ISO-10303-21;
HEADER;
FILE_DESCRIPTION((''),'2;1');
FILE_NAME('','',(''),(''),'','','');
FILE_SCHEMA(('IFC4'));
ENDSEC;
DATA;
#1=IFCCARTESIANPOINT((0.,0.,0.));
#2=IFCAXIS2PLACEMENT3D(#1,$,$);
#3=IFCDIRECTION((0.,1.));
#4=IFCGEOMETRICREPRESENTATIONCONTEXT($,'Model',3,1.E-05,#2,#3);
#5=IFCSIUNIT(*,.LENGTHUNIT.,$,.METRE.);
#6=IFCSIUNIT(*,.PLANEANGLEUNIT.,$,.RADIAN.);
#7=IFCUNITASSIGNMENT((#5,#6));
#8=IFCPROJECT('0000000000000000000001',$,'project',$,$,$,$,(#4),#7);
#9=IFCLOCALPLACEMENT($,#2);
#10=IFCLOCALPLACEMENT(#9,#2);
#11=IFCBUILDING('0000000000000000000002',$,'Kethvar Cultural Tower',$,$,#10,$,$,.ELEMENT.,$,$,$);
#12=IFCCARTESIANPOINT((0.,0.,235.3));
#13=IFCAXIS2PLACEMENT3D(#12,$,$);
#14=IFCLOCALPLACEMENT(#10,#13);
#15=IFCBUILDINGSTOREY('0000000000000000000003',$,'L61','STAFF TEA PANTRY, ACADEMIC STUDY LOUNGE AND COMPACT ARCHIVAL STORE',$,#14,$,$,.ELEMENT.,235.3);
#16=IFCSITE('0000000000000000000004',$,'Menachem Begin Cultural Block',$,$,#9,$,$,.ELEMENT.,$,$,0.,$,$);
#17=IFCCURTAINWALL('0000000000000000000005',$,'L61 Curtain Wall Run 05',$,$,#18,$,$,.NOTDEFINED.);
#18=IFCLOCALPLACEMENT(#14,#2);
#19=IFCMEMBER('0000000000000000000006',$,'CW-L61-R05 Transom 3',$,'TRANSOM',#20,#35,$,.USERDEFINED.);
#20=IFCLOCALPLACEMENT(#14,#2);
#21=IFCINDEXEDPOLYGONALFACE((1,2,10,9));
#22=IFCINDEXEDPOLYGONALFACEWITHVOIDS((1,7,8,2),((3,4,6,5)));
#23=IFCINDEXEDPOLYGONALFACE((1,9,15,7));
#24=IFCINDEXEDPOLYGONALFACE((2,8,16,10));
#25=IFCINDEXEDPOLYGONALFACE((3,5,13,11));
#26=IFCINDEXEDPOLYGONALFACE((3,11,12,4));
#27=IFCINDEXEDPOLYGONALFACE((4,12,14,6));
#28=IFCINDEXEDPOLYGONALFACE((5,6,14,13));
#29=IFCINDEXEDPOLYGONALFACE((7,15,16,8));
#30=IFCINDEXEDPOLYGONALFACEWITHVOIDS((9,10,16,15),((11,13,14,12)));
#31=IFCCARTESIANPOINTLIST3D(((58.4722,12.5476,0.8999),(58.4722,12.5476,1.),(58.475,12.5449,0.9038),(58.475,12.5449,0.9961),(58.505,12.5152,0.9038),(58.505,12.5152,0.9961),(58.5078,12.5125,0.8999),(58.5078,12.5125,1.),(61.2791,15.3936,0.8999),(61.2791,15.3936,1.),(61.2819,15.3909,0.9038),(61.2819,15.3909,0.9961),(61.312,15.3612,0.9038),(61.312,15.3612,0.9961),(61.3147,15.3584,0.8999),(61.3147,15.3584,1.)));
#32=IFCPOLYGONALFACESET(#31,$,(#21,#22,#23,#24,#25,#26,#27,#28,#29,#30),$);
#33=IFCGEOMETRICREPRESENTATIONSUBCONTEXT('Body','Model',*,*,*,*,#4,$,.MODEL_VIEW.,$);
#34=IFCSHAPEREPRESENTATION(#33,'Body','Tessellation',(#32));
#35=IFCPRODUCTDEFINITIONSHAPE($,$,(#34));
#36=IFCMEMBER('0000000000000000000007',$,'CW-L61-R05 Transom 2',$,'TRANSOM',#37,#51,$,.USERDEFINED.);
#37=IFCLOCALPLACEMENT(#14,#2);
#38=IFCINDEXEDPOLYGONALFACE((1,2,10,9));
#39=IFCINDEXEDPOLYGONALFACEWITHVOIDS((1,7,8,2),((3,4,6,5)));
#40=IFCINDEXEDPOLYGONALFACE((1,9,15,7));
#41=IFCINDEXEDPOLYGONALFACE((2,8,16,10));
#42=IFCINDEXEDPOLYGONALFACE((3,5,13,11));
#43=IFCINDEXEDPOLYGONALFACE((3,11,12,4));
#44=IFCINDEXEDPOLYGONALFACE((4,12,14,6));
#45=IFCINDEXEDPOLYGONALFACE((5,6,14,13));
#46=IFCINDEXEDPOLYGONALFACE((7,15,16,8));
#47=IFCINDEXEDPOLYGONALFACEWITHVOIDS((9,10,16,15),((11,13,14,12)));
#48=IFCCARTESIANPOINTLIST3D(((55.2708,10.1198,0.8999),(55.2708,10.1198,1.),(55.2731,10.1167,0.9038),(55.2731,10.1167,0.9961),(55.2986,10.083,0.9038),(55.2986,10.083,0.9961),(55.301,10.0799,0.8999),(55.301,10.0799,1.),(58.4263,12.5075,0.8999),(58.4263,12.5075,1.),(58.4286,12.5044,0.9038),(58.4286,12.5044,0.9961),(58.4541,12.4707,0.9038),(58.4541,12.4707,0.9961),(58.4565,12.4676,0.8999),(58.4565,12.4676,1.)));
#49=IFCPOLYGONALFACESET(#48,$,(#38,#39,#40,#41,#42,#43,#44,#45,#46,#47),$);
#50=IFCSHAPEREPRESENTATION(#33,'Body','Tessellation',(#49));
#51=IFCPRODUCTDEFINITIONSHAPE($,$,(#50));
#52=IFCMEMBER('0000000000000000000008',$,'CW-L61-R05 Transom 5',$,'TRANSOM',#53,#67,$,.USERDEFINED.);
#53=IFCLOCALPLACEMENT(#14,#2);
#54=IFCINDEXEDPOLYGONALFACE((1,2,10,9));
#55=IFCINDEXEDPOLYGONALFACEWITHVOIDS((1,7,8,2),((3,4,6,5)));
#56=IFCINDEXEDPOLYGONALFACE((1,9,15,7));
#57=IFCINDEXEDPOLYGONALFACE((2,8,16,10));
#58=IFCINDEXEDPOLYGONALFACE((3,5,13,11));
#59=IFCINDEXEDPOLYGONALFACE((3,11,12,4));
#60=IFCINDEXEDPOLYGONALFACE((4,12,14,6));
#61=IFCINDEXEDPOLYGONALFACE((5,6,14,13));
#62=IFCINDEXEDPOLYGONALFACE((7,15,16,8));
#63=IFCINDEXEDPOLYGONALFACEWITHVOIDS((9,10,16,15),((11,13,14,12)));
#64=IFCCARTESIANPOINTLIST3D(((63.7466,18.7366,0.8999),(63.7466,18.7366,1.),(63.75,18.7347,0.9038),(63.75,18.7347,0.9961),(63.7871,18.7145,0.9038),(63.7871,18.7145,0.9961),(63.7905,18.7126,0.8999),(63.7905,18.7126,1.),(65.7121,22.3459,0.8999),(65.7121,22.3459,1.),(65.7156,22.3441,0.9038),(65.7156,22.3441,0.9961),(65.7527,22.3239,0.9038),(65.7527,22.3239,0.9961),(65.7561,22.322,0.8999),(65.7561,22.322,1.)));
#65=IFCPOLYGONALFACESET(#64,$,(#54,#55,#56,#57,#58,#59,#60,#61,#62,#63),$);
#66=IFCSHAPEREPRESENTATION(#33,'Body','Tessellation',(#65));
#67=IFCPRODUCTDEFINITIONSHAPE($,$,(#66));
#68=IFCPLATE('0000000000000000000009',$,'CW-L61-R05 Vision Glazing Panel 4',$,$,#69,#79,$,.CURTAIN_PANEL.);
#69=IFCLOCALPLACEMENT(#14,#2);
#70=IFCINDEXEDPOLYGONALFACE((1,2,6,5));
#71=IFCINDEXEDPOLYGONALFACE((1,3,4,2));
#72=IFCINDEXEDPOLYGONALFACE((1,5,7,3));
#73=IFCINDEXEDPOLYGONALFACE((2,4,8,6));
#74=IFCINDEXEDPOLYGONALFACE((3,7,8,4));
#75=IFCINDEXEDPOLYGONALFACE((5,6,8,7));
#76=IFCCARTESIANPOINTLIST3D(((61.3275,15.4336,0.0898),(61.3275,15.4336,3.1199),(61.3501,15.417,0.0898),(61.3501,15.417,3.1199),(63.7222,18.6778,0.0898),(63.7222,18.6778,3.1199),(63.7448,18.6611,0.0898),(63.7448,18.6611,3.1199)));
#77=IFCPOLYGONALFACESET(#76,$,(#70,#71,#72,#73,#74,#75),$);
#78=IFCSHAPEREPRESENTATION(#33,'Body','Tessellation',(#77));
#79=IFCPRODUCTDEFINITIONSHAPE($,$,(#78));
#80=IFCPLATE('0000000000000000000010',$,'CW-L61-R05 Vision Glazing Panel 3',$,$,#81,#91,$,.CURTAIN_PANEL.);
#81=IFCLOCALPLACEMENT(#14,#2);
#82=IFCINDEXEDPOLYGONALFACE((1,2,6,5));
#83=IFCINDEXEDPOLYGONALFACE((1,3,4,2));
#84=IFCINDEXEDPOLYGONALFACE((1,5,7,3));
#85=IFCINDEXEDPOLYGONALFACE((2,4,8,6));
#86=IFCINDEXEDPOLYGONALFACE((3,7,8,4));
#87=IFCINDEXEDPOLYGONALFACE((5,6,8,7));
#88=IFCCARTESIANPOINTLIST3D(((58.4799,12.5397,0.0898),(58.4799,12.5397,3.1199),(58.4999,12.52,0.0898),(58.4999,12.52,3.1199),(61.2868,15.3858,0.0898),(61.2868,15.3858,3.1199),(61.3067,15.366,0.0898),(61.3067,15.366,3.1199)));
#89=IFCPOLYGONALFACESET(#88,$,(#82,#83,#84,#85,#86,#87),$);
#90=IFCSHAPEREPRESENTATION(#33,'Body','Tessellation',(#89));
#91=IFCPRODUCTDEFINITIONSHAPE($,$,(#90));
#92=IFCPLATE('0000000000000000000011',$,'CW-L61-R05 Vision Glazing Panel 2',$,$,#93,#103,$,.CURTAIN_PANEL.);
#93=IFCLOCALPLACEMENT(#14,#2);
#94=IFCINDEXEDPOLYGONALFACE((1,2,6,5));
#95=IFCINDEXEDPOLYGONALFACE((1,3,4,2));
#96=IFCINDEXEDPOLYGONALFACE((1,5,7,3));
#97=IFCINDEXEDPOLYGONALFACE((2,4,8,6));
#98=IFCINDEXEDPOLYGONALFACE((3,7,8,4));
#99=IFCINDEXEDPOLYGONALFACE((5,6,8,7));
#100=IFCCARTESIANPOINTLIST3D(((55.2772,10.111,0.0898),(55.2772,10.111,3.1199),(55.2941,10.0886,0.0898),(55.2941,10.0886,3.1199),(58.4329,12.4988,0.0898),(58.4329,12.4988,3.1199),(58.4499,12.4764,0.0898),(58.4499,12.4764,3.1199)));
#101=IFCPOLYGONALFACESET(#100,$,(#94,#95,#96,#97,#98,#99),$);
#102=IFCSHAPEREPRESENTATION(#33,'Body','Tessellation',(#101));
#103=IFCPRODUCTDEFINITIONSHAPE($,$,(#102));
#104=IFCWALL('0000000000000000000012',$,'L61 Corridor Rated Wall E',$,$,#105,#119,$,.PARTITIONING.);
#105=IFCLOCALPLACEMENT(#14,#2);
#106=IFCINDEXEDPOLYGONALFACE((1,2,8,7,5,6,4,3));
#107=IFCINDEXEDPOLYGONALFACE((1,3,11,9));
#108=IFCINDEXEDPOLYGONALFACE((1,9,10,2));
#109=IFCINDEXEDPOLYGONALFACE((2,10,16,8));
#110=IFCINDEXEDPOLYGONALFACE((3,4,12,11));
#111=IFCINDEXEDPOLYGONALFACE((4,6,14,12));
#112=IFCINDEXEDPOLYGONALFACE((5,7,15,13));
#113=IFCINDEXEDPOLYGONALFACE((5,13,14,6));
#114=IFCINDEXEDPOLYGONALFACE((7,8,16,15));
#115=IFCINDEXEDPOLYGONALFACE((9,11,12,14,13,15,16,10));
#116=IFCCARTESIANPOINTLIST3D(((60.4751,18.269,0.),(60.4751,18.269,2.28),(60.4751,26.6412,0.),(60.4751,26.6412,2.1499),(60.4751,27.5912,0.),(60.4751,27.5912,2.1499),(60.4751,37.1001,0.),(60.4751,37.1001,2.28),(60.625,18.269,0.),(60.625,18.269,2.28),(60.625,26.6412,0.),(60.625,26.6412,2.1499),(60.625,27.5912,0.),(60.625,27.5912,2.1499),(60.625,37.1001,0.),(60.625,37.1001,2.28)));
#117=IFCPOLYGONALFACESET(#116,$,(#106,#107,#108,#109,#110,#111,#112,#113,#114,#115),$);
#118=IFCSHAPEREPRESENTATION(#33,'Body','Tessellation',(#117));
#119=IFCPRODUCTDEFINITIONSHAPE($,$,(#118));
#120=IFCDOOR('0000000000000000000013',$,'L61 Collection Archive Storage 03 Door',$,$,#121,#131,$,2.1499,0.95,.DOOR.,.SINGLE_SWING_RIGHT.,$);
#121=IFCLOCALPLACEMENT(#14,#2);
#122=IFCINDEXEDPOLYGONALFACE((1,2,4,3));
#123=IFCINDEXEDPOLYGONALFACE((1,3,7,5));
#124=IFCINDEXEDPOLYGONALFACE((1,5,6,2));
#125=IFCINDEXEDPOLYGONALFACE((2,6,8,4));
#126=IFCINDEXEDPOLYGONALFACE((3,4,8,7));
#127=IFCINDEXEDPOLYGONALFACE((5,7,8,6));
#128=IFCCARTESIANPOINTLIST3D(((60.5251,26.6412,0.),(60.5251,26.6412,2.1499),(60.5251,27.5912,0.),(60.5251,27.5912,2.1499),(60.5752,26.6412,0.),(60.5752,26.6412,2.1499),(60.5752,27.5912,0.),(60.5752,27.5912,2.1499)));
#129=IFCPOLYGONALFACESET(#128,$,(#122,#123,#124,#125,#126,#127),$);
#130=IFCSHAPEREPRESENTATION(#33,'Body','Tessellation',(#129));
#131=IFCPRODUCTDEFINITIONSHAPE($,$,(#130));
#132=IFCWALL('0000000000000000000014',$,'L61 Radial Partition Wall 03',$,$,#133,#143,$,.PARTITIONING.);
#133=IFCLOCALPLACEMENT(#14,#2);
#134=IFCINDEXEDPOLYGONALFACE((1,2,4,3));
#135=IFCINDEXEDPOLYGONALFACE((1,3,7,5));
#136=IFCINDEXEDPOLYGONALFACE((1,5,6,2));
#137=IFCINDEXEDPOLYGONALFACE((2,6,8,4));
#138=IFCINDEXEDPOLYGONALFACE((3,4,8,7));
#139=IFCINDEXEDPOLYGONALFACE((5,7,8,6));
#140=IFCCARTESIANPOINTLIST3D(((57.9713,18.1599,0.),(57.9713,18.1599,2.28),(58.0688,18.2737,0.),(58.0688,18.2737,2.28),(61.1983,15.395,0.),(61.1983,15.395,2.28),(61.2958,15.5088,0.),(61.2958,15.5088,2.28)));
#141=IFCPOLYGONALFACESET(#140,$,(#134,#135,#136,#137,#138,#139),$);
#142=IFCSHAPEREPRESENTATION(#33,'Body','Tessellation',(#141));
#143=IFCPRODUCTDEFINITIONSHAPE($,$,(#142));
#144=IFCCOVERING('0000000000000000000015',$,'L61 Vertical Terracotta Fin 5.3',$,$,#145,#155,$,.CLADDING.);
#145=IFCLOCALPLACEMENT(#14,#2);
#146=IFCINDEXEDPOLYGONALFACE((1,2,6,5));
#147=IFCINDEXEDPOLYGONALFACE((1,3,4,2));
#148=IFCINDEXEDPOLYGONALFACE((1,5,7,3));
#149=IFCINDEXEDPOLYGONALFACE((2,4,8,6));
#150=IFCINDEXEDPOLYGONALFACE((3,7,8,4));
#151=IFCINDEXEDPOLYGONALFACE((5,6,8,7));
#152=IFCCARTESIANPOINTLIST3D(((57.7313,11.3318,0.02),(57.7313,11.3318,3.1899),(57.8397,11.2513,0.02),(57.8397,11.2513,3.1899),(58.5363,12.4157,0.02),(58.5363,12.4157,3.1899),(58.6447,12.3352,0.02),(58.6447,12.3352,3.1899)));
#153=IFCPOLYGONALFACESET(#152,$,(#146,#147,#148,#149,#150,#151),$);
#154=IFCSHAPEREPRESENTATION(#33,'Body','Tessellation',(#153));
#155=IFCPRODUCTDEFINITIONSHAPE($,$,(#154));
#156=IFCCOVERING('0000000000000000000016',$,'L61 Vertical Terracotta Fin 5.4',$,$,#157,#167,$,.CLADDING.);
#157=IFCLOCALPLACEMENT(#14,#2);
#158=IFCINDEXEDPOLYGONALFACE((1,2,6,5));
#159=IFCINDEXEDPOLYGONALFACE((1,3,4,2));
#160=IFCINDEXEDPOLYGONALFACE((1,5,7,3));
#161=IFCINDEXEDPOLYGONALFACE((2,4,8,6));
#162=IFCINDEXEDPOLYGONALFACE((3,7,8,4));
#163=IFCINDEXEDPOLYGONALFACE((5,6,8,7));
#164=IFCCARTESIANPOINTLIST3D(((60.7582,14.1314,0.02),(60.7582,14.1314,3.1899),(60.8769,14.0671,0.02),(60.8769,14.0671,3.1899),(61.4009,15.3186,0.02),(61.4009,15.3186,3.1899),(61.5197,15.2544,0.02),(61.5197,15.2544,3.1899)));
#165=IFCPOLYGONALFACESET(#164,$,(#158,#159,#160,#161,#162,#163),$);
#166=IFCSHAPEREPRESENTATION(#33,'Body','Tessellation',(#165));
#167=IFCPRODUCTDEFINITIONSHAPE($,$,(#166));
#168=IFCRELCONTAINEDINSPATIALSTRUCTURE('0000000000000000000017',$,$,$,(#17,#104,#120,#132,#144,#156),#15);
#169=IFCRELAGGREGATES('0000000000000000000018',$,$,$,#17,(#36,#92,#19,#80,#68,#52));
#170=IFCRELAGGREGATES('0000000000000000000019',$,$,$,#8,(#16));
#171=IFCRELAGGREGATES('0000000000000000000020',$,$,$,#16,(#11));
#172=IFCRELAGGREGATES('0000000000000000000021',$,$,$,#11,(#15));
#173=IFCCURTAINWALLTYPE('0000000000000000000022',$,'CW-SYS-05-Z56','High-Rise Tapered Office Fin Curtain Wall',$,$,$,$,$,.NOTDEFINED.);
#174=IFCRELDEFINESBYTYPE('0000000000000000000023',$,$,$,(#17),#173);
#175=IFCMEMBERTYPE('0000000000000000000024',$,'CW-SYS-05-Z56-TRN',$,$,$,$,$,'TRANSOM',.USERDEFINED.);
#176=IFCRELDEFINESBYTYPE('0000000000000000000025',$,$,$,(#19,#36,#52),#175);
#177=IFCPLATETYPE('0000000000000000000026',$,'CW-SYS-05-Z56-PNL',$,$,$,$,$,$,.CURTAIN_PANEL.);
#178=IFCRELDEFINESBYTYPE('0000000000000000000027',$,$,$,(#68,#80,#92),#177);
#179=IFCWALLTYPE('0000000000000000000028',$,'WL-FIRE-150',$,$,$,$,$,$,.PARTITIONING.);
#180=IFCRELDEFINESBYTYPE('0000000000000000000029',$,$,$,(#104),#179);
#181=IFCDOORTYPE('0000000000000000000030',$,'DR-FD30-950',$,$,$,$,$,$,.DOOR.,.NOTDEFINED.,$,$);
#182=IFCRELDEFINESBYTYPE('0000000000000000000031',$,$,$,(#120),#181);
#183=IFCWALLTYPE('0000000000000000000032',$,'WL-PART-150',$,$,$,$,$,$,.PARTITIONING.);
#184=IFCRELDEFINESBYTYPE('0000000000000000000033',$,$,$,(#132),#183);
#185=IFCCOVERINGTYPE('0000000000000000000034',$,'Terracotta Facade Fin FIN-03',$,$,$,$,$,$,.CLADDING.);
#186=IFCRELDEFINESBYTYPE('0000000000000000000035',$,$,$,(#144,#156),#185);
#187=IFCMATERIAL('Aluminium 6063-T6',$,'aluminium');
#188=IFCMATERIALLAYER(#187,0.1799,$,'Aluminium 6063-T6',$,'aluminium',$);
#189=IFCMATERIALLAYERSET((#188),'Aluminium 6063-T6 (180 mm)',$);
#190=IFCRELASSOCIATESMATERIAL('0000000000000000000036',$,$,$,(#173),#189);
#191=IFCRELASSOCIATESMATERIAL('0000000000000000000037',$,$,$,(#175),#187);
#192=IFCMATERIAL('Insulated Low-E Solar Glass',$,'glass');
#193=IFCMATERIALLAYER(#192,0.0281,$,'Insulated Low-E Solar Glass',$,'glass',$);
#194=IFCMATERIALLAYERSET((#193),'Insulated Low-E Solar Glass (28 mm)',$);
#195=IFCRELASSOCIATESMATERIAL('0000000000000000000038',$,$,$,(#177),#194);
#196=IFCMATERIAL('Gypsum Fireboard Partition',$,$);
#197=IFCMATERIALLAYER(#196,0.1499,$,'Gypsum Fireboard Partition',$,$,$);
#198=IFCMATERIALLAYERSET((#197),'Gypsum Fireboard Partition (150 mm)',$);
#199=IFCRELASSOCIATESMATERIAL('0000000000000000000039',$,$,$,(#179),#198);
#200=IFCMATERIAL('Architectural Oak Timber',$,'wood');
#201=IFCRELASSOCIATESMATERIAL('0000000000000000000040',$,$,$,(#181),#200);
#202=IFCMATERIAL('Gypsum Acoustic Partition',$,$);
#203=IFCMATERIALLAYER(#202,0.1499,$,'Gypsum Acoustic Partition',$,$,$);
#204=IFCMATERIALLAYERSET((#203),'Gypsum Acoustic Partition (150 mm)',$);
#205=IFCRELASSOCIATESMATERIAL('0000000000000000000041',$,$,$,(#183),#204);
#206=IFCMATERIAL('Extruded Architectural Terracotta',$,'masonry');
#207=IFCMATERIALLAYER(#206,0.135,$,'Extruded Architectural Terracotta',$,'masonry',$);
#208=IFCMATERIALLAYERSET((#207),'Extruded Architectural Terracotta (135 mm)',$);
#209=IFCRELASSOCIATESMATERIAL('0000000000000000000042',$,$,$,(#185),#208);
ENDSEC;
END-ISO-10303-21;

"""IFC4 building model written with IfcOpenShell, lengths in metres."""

from ifc_helpers import new_model, si_unit, direction, frame, frame_2d, origin, origin_2d, place, context, subcontext, project, spatial, rectangle, hollow_rectangle, extrude, source, transform, mapped, material, layer, layer_set, material_profile, profile_set, type_object, element, fill, aggregate, save


model = new_model("IFC4")

# Units and contexts
model_context = context("Model", 3, precision=1e-05, world=origin(), true_north=direction((0.0, 1.0)))
body_context = subcontext(model_context, "Body", "Model", "MODEL_VIEW")
ifc_project = project(units=[si_unit("LENGTHUNIT", "METRE"), si_unit("PLANEANGLEUNIT", "RADIAN")], contexts=[model_context])

# Site, building, storey
site_placement = place(None, origin())
site = spatial("IfcSite", under=ifc_project, at=site_placement, Name="Menachem Begin Cultural Block", CompositionType="ELEMENT", RefElevation=0.0)
building_placement = place(site_placement, origin())
building = spatial("IfcBuilding", under=site, at=building_placement, Name="Kethvar Cultural Tower", CompositionType="ELEMENT")
storey_placement = place(building_placement, frame((0.0, 0.0, 235.3)))
storey = spatial("IfcBuildingStorey", under=building, at=storey_placement, Name="L61", Description="STAFF TEA PANTRY, ACADEMIC STUDY LOUNGE AND COMPACT ARCHIVAL STORE", CompositionType="ELEMENT", Elevation=235.3)

# Curtain wall, members, plates
ifc_material_1 = material(Name="Aluminium 6063-T6", Category="aluminium")
ifc_layer_1 = layer(ifc_material_1, 0.1799, Name="Aluminium 6063-T6", Category="aluminium")
ifc_layer_set_1 = layer_set([ifc_layer_1], Name="Aluminium 6063-T6 (180 mm)")
curtain_wall_type = type_object("IfcCurtainWallType", Name="CW-SYS-05-Z56", Description="High-Rise Tapered Office Fin Curtain Wall", PredefinedType="NOTDEFINED", material=ifc_layer_set_1)
curtain_wall_placement = place(storey_placement, origin())
curtain_wall = element("IfcCurtainWall", 1, at=curtain_wall_placement, inside=storey, type_object=curtain_wall_type, Name="L61 Curtain Wall Run 05", PredefinedType="NOTDEFINED")
ifc_material_profile_1 = material_profile(ifc_material_1, hollow_rectangle(XDim=0.05, YDim=0.1001, WallThickness=0.0039, at=origin_2d()), Name="Aluminium 6063-T6 — RHS100x50x4")
ifc_profile_set_1 = profile_set([ifc_material_profile_1], Name="Aluminium 6063-T6 — RHS100x50x4")
member_type_1 = type_object("IfcMemberType", Name="CW-SYS-05-Z56-TRN", ElementType="TRANSOM", PredefinedType="USERDEFINED", material=ifc_profile_set_1)
shared_shape_1 = source(origin(), body_context, "Body", "SweptSolid", [
    extrude(hollow_rectangle(XDim=0.05, YDim=0.1001, WallThickness=0.0039, at=origin_2d()), origin(), (0.0, 0.0, 1.0), 3.9973),
])
member_1_placement = place(storey_placement, frame((58.49, 12.53, 0.95), z_axis=(0.702204, 0.711976, 0.0), x_axis=(-0.711976, 0.702204, 0.0)))
member_1 = element("IfcMember", 2, at=member_1_placement, type_object=member_type_1, Name="CW-L61-R05 Transom 3", ObjectType="TRANSOM", PredefinedType="USERDEFINED", context=body_context, shape_type="MappedRepresentation", body=[
    mapped(shared_shape_1, transform((0.0, 0.0, 0.0), scale=1.0)),
])
shared_shape_2 = source(origin(), body_context, "Body", "SweptSolid", [
    extrude(hollow_rectangle(XDim=0.05, YDim=0.1001, WallThickness=0.0039, at=origin_2d()), origin(), (0.0, 0.0, 1.0), 3.957),
])
member_2_placement = place(storey_placement, frame((55.2859, 10.0999, 0.95), z_axis=(0.797438, 0.6034, 0.0), x_axis=(-0.6034, 0.797438, 0.0)))
member_2 = element("IfcMember", 3, at=member_2_placement, type_object=member_type_1, Name="CW-L61-R05 Transom 2", ObjectType="TRANSOM", PredefinedType="USERDEFINED", context=body_context, shape_type="MappedRepresentation", body=[
    mapped(shared_shape_2, transform((0.0, 0.0, 0.0), scale=1.0)),
])
shared_shape_3 = source(origin(), body_context, "Body", "SweptSolid", [
    extrude(hollow_rectangle(XDim=0.05, YDim=0.1001, WallThickness=0.0039, at=origin_2d()), origin(), (0.0, 0.0, 1.0), 4.1099),
])
member_3_placement = place(storey_placement, frame((63.7686, 18.7246, 0.95), z_axis=(0.478257, 0.87822, 0.0), x_axis=(-0.87822, 0.478257, 0.0)))
member_3 = element("IfcMember", 4, at=member_3_placement, type_object=member_type_1, Name="CW-L61-R05 Transom 5", ObjectType="TRANSOM", PredefinedType="USERDEFINED", context=body_context, shape_type="MappedRepresentation", body=[
    mapped(shared_shape_3, transform((0.0, 0.0, 0.0), scale=1.0)),
])
ifc_material_2 = material(Name="Insulated Low-E Solar Glass", Category="glass")
ifc_layer_2 = layer(ifc_material_2, 0.0281, Name="Insulated Low-E Solar Glass", Category="glass")
ifc_layer_set_2 = layer_set([ifc_layer_2], Name="Insulated Low-E Solar Glass (28 mm)")
plate_type = type_object("IfcPlateType", Name="CW-SYS-05-Z56-PNL", PredefinedType="CURTAIN_PANEL", material=ifc_layer_set_2)
shared_shape_4 = source(origin(), body_context, "Body", "SweptSolid", [
    extrude(rectangle(XDim=4.0322, YDim=0.0281, at=origin_2d()), origin(), (0.0, 0.0, 1.0), 3.03),
])
plate_1_placement = place(storey_placement, frame((62.5361, 17.0474, 0.0898), z_axis=(0.0, 0.0, 1.0), x_axis=(0.593882, 0.804552, 0.0)))
plate_1 = element("IfcPlate", 5, at=plate_1_placement, type_object=plate_type, Name="CW-L61-R05 Vision Glazing Panel 4", PredefinedType="CURTAIN_PANEL", context=body_context, shape_type="MappedRepresentation", body=[
    mapped(shared_shape_4, transform((0.0, 0.0, 0.0), scale=1.0)),
])
shared_shape_5 = source(origin(), body_context, "Body", "SweptSolid", [
    extrude(rectangle(XDim=3.9973, YDim=0.0281, at=origin_2d()), origin(), (0.0, 0.0, 1.0), 3.03),
])
plate_2_placement = place(storey_placement, frame((59.8933, 13.9529, 0.0898), z_axis=(0.0, 0.0, 1.0), x_axis=(0.70219, 0.711989, 0.0)))
plate_2 = element("IfcPlate", 6, at=plate_2_placement, type_object=plate_type, Name="CW-L61-R05 Vision Glazing Panel 3", PredefinedType="CURTAIN_PANEL", context=body_context, shape_type="MappedRepresentation", body=[
    mapped(shared_shape_5, transform((0.0, 0.0, 0.0), scale=1.0)),
])
shared_shape_6 = source(origin(), body_context, "Body", "SweptSolid", [
    extrude(rectangle(XDim=3.9573, YDim=0.0281, at=origin_2d()), origin(), (0.0, 0.0, 1.0), 3.03),
])
plate_3_placement = place(storey_placement, frame((56.8635, 11.2937, 0.0898), z_axis=(0.0, 0.0, 1.0), x_axis=(0.797458, 0.603375, 0.0)))
plate_3 = element("IfcPlate", 7, at=plate_3_placement, type_object=plate_type, Name="CW-L61-R05 Vision Glazing Panel 2", PredefinedType="CURTAIN_PANEL", context=body_context, shape_type="MappedRepresentation", body=[
    mapped(shared_shape_6, transform((0.0, 0.0, 0.0), scale=1.0)),
])
aggregate(curtain_wall, [member_2, plate_3, member_1, plate_2, plate_1, member_3])

# Wall, opening, door
ifc_material_3 = material(Name="Gypsum Fireboard Partition")
ifc_layer_3 = layer(ifc_material_3, 0.1499, Name="Gypsum Fireboard Partition")
ifc_layer_set_3 = layer_set([ifc_layer_3], Name="Gypsum Fireboard Partition (150 mm)")
wall_type_1 = type_object("IfcWallType", Name="WL-FIRE-150", PredefinedType="PARTITIONING", material=ifc_layer_set_3)
wall_1_placement = place(storey_placement, frame((60.55, 18.269, 0.0), z_axis=(0.0, 0.0, 1.0), x_axis=(0.0, 1.0, 0.0)))
wall_1 = element("IfcWall", 8, at=wall_1_placement, inside=storey, type_object=wall_type_1, Name="L61 Corridor Rated Wall E", PredefinedType="PARTITIONING", context=body_context, shape_type="SweptSolid", body=[
    extrude(rectangle(XDim=18.8311, YDim=0.1499, at=frame_2d((9.4155, 0.0))), origin(), (0.0, 0.0, 1.0), 2.28),
])
opening_placement = place(wall_1_placement, frame((8.3721, 0.0, 0.0)))
opening = element("IfcOpeningElement", 9, at=opening_placement, cuts=wall_1, PredefinedType="OPENING", context=body_context, shape_type="SweptSolid", body=[
    extrude(rectangle(XDim=0.95, YDim=2.1499, at=frame_2d((0.4751, 1.075))), frame((0.0, 0.085, 0.0), z_axis=(0.0, -1.0, 0.0), x_axis=(1.0, 0.0, 0.0)), (0.0, 0.0, 1.0), 0.1699),
])
ifc_material_4 = material(Name="Architectural Oak Timber", Category="wood")
door_type = type_object("IfcDoorType", Name="DR-FD30-950", OperationType="NOTDEFINED", PredefinedType="DOOR", material=ifc_material_4)
shared_shape_7 = source(origin(), body_context, "Body", "SweptSolid", [
    extrude(rectangle(XDim=0.95, YDim=2.1499, at=frame_2d((0.4751, 1.075))), frame((0.0, 0.0249, 0.0), z_axis=(0.0, -1.0, 0.0), x_axis=(1.0, 0.0, 0.0)), (0.0, 0.0, 1.0), 0.05),
])
door_placement = place(opening_placement, origin())
door = element("IfcDoor", 10, at=door_placement, inside=storey, type_object=door_type, Name="L61 Collection Archive Storage 03 Door", OperationType="SINGLE_SWING_RIGHT", OverallHeight=2.1499, OverallWidth=0.95, PredefinedType="DOOR", context=body_context, shape_type="MappedRepresentation", body=[
    mapped(shared_shape_7, transform((0.0, 0.0, 0.0), scale=1.0)),
])
fill(opening, door)

# Wall
ifc_material_5 = material(Name="Gypsum Acoustic Partition")
ifc_layer_4 = layer(ifc_material_5, 0.1499, Name="Gypsum Acoustic Partition")
ifc_layer_set_4 = layer_set([ifc_layer_4], Name="Gypsum Acoustic Partition (150 mm)")
wall_type_2 = type_object("IfcWallType", Name="WL-PART-150", PredefinedType="PARTITIONING", material=ifc_layer_set_4)
wall_2_placement = place(storey_placement, frame((58.02, 18.2168, 0.0), z_axis=(0.0, 0.0, 1.0), x_axis=(0.75939, -0.650635, 0.0)))
element("IfcWall", 11, at=wall_2_placement, inside=storey, type_object=wall_type_2, Name="L61 Radial Partition Wall 03", PredefinedType="PARTITIONING", context=body_context, shape_type="SweptSolid", body=[
    extrude(rectangle(XDim=4.2495, YDim=0.1499, at=frame_2d((2.1248, 0.0))), origin(), (0.0, 0.0, 1.0), 2.28),
])

# Coverings
ifc_material_6 = material(Name="Extruded Architectural Terracotta", Category="masonry")
ifc_layer_5 = layer(ifc_material_6, 0.135, Name="Extruded Architectural Terracotta", Category="masonry")
ifc_layer_set_5 = layer_set([ifc_layer_5], Name="Extruded Architectural Terracotta (135 mm)")
covering_type = type_object("IfcCoveringType", Name="Terracotta Facade Fin FIN-03", PredefinedType="CLADDING", material=ifc_layer_set_5)
shared_shape_8 = source(origin(), body_context, "Body", "SweptSolid", [
    extrude(rectangle(XDim=1.3501, YDim=0.135, at=origin_2d()), origin(), (0.0, 0.0, 1.0), 3.1699),
])
for number, where, z_axis, x_axis, name in (
    (12, (58.188, 11.8335, 0.02), (0.0, 0.0, 1.0), (-0.596225, -0.802817, 0.0), "L61 Vertical Terracotta Fin 5.3"),
    (13, (61.1389, 14.6929, 0.02), (0.0, 0.0, 1.0), (-0.476085, -0.879399, 0.0), "L61 Vertical Terracotta Fin 5.4"),
):
    element("IfcCovering", number, at=place(storey_placement, frame(where, z_axis=z_axis, x_axis=x_axis)), inside=storey, type_object=covering_type, Name=name, PredefinedType="CLADDING", context=body_context, shape_type="MappedRepresentation", body=[
        mapped(shared_shape_8, transform((0.0, 0.0, 0.0), scale=1.0)),
    ])

save(model, "model.ifc")
